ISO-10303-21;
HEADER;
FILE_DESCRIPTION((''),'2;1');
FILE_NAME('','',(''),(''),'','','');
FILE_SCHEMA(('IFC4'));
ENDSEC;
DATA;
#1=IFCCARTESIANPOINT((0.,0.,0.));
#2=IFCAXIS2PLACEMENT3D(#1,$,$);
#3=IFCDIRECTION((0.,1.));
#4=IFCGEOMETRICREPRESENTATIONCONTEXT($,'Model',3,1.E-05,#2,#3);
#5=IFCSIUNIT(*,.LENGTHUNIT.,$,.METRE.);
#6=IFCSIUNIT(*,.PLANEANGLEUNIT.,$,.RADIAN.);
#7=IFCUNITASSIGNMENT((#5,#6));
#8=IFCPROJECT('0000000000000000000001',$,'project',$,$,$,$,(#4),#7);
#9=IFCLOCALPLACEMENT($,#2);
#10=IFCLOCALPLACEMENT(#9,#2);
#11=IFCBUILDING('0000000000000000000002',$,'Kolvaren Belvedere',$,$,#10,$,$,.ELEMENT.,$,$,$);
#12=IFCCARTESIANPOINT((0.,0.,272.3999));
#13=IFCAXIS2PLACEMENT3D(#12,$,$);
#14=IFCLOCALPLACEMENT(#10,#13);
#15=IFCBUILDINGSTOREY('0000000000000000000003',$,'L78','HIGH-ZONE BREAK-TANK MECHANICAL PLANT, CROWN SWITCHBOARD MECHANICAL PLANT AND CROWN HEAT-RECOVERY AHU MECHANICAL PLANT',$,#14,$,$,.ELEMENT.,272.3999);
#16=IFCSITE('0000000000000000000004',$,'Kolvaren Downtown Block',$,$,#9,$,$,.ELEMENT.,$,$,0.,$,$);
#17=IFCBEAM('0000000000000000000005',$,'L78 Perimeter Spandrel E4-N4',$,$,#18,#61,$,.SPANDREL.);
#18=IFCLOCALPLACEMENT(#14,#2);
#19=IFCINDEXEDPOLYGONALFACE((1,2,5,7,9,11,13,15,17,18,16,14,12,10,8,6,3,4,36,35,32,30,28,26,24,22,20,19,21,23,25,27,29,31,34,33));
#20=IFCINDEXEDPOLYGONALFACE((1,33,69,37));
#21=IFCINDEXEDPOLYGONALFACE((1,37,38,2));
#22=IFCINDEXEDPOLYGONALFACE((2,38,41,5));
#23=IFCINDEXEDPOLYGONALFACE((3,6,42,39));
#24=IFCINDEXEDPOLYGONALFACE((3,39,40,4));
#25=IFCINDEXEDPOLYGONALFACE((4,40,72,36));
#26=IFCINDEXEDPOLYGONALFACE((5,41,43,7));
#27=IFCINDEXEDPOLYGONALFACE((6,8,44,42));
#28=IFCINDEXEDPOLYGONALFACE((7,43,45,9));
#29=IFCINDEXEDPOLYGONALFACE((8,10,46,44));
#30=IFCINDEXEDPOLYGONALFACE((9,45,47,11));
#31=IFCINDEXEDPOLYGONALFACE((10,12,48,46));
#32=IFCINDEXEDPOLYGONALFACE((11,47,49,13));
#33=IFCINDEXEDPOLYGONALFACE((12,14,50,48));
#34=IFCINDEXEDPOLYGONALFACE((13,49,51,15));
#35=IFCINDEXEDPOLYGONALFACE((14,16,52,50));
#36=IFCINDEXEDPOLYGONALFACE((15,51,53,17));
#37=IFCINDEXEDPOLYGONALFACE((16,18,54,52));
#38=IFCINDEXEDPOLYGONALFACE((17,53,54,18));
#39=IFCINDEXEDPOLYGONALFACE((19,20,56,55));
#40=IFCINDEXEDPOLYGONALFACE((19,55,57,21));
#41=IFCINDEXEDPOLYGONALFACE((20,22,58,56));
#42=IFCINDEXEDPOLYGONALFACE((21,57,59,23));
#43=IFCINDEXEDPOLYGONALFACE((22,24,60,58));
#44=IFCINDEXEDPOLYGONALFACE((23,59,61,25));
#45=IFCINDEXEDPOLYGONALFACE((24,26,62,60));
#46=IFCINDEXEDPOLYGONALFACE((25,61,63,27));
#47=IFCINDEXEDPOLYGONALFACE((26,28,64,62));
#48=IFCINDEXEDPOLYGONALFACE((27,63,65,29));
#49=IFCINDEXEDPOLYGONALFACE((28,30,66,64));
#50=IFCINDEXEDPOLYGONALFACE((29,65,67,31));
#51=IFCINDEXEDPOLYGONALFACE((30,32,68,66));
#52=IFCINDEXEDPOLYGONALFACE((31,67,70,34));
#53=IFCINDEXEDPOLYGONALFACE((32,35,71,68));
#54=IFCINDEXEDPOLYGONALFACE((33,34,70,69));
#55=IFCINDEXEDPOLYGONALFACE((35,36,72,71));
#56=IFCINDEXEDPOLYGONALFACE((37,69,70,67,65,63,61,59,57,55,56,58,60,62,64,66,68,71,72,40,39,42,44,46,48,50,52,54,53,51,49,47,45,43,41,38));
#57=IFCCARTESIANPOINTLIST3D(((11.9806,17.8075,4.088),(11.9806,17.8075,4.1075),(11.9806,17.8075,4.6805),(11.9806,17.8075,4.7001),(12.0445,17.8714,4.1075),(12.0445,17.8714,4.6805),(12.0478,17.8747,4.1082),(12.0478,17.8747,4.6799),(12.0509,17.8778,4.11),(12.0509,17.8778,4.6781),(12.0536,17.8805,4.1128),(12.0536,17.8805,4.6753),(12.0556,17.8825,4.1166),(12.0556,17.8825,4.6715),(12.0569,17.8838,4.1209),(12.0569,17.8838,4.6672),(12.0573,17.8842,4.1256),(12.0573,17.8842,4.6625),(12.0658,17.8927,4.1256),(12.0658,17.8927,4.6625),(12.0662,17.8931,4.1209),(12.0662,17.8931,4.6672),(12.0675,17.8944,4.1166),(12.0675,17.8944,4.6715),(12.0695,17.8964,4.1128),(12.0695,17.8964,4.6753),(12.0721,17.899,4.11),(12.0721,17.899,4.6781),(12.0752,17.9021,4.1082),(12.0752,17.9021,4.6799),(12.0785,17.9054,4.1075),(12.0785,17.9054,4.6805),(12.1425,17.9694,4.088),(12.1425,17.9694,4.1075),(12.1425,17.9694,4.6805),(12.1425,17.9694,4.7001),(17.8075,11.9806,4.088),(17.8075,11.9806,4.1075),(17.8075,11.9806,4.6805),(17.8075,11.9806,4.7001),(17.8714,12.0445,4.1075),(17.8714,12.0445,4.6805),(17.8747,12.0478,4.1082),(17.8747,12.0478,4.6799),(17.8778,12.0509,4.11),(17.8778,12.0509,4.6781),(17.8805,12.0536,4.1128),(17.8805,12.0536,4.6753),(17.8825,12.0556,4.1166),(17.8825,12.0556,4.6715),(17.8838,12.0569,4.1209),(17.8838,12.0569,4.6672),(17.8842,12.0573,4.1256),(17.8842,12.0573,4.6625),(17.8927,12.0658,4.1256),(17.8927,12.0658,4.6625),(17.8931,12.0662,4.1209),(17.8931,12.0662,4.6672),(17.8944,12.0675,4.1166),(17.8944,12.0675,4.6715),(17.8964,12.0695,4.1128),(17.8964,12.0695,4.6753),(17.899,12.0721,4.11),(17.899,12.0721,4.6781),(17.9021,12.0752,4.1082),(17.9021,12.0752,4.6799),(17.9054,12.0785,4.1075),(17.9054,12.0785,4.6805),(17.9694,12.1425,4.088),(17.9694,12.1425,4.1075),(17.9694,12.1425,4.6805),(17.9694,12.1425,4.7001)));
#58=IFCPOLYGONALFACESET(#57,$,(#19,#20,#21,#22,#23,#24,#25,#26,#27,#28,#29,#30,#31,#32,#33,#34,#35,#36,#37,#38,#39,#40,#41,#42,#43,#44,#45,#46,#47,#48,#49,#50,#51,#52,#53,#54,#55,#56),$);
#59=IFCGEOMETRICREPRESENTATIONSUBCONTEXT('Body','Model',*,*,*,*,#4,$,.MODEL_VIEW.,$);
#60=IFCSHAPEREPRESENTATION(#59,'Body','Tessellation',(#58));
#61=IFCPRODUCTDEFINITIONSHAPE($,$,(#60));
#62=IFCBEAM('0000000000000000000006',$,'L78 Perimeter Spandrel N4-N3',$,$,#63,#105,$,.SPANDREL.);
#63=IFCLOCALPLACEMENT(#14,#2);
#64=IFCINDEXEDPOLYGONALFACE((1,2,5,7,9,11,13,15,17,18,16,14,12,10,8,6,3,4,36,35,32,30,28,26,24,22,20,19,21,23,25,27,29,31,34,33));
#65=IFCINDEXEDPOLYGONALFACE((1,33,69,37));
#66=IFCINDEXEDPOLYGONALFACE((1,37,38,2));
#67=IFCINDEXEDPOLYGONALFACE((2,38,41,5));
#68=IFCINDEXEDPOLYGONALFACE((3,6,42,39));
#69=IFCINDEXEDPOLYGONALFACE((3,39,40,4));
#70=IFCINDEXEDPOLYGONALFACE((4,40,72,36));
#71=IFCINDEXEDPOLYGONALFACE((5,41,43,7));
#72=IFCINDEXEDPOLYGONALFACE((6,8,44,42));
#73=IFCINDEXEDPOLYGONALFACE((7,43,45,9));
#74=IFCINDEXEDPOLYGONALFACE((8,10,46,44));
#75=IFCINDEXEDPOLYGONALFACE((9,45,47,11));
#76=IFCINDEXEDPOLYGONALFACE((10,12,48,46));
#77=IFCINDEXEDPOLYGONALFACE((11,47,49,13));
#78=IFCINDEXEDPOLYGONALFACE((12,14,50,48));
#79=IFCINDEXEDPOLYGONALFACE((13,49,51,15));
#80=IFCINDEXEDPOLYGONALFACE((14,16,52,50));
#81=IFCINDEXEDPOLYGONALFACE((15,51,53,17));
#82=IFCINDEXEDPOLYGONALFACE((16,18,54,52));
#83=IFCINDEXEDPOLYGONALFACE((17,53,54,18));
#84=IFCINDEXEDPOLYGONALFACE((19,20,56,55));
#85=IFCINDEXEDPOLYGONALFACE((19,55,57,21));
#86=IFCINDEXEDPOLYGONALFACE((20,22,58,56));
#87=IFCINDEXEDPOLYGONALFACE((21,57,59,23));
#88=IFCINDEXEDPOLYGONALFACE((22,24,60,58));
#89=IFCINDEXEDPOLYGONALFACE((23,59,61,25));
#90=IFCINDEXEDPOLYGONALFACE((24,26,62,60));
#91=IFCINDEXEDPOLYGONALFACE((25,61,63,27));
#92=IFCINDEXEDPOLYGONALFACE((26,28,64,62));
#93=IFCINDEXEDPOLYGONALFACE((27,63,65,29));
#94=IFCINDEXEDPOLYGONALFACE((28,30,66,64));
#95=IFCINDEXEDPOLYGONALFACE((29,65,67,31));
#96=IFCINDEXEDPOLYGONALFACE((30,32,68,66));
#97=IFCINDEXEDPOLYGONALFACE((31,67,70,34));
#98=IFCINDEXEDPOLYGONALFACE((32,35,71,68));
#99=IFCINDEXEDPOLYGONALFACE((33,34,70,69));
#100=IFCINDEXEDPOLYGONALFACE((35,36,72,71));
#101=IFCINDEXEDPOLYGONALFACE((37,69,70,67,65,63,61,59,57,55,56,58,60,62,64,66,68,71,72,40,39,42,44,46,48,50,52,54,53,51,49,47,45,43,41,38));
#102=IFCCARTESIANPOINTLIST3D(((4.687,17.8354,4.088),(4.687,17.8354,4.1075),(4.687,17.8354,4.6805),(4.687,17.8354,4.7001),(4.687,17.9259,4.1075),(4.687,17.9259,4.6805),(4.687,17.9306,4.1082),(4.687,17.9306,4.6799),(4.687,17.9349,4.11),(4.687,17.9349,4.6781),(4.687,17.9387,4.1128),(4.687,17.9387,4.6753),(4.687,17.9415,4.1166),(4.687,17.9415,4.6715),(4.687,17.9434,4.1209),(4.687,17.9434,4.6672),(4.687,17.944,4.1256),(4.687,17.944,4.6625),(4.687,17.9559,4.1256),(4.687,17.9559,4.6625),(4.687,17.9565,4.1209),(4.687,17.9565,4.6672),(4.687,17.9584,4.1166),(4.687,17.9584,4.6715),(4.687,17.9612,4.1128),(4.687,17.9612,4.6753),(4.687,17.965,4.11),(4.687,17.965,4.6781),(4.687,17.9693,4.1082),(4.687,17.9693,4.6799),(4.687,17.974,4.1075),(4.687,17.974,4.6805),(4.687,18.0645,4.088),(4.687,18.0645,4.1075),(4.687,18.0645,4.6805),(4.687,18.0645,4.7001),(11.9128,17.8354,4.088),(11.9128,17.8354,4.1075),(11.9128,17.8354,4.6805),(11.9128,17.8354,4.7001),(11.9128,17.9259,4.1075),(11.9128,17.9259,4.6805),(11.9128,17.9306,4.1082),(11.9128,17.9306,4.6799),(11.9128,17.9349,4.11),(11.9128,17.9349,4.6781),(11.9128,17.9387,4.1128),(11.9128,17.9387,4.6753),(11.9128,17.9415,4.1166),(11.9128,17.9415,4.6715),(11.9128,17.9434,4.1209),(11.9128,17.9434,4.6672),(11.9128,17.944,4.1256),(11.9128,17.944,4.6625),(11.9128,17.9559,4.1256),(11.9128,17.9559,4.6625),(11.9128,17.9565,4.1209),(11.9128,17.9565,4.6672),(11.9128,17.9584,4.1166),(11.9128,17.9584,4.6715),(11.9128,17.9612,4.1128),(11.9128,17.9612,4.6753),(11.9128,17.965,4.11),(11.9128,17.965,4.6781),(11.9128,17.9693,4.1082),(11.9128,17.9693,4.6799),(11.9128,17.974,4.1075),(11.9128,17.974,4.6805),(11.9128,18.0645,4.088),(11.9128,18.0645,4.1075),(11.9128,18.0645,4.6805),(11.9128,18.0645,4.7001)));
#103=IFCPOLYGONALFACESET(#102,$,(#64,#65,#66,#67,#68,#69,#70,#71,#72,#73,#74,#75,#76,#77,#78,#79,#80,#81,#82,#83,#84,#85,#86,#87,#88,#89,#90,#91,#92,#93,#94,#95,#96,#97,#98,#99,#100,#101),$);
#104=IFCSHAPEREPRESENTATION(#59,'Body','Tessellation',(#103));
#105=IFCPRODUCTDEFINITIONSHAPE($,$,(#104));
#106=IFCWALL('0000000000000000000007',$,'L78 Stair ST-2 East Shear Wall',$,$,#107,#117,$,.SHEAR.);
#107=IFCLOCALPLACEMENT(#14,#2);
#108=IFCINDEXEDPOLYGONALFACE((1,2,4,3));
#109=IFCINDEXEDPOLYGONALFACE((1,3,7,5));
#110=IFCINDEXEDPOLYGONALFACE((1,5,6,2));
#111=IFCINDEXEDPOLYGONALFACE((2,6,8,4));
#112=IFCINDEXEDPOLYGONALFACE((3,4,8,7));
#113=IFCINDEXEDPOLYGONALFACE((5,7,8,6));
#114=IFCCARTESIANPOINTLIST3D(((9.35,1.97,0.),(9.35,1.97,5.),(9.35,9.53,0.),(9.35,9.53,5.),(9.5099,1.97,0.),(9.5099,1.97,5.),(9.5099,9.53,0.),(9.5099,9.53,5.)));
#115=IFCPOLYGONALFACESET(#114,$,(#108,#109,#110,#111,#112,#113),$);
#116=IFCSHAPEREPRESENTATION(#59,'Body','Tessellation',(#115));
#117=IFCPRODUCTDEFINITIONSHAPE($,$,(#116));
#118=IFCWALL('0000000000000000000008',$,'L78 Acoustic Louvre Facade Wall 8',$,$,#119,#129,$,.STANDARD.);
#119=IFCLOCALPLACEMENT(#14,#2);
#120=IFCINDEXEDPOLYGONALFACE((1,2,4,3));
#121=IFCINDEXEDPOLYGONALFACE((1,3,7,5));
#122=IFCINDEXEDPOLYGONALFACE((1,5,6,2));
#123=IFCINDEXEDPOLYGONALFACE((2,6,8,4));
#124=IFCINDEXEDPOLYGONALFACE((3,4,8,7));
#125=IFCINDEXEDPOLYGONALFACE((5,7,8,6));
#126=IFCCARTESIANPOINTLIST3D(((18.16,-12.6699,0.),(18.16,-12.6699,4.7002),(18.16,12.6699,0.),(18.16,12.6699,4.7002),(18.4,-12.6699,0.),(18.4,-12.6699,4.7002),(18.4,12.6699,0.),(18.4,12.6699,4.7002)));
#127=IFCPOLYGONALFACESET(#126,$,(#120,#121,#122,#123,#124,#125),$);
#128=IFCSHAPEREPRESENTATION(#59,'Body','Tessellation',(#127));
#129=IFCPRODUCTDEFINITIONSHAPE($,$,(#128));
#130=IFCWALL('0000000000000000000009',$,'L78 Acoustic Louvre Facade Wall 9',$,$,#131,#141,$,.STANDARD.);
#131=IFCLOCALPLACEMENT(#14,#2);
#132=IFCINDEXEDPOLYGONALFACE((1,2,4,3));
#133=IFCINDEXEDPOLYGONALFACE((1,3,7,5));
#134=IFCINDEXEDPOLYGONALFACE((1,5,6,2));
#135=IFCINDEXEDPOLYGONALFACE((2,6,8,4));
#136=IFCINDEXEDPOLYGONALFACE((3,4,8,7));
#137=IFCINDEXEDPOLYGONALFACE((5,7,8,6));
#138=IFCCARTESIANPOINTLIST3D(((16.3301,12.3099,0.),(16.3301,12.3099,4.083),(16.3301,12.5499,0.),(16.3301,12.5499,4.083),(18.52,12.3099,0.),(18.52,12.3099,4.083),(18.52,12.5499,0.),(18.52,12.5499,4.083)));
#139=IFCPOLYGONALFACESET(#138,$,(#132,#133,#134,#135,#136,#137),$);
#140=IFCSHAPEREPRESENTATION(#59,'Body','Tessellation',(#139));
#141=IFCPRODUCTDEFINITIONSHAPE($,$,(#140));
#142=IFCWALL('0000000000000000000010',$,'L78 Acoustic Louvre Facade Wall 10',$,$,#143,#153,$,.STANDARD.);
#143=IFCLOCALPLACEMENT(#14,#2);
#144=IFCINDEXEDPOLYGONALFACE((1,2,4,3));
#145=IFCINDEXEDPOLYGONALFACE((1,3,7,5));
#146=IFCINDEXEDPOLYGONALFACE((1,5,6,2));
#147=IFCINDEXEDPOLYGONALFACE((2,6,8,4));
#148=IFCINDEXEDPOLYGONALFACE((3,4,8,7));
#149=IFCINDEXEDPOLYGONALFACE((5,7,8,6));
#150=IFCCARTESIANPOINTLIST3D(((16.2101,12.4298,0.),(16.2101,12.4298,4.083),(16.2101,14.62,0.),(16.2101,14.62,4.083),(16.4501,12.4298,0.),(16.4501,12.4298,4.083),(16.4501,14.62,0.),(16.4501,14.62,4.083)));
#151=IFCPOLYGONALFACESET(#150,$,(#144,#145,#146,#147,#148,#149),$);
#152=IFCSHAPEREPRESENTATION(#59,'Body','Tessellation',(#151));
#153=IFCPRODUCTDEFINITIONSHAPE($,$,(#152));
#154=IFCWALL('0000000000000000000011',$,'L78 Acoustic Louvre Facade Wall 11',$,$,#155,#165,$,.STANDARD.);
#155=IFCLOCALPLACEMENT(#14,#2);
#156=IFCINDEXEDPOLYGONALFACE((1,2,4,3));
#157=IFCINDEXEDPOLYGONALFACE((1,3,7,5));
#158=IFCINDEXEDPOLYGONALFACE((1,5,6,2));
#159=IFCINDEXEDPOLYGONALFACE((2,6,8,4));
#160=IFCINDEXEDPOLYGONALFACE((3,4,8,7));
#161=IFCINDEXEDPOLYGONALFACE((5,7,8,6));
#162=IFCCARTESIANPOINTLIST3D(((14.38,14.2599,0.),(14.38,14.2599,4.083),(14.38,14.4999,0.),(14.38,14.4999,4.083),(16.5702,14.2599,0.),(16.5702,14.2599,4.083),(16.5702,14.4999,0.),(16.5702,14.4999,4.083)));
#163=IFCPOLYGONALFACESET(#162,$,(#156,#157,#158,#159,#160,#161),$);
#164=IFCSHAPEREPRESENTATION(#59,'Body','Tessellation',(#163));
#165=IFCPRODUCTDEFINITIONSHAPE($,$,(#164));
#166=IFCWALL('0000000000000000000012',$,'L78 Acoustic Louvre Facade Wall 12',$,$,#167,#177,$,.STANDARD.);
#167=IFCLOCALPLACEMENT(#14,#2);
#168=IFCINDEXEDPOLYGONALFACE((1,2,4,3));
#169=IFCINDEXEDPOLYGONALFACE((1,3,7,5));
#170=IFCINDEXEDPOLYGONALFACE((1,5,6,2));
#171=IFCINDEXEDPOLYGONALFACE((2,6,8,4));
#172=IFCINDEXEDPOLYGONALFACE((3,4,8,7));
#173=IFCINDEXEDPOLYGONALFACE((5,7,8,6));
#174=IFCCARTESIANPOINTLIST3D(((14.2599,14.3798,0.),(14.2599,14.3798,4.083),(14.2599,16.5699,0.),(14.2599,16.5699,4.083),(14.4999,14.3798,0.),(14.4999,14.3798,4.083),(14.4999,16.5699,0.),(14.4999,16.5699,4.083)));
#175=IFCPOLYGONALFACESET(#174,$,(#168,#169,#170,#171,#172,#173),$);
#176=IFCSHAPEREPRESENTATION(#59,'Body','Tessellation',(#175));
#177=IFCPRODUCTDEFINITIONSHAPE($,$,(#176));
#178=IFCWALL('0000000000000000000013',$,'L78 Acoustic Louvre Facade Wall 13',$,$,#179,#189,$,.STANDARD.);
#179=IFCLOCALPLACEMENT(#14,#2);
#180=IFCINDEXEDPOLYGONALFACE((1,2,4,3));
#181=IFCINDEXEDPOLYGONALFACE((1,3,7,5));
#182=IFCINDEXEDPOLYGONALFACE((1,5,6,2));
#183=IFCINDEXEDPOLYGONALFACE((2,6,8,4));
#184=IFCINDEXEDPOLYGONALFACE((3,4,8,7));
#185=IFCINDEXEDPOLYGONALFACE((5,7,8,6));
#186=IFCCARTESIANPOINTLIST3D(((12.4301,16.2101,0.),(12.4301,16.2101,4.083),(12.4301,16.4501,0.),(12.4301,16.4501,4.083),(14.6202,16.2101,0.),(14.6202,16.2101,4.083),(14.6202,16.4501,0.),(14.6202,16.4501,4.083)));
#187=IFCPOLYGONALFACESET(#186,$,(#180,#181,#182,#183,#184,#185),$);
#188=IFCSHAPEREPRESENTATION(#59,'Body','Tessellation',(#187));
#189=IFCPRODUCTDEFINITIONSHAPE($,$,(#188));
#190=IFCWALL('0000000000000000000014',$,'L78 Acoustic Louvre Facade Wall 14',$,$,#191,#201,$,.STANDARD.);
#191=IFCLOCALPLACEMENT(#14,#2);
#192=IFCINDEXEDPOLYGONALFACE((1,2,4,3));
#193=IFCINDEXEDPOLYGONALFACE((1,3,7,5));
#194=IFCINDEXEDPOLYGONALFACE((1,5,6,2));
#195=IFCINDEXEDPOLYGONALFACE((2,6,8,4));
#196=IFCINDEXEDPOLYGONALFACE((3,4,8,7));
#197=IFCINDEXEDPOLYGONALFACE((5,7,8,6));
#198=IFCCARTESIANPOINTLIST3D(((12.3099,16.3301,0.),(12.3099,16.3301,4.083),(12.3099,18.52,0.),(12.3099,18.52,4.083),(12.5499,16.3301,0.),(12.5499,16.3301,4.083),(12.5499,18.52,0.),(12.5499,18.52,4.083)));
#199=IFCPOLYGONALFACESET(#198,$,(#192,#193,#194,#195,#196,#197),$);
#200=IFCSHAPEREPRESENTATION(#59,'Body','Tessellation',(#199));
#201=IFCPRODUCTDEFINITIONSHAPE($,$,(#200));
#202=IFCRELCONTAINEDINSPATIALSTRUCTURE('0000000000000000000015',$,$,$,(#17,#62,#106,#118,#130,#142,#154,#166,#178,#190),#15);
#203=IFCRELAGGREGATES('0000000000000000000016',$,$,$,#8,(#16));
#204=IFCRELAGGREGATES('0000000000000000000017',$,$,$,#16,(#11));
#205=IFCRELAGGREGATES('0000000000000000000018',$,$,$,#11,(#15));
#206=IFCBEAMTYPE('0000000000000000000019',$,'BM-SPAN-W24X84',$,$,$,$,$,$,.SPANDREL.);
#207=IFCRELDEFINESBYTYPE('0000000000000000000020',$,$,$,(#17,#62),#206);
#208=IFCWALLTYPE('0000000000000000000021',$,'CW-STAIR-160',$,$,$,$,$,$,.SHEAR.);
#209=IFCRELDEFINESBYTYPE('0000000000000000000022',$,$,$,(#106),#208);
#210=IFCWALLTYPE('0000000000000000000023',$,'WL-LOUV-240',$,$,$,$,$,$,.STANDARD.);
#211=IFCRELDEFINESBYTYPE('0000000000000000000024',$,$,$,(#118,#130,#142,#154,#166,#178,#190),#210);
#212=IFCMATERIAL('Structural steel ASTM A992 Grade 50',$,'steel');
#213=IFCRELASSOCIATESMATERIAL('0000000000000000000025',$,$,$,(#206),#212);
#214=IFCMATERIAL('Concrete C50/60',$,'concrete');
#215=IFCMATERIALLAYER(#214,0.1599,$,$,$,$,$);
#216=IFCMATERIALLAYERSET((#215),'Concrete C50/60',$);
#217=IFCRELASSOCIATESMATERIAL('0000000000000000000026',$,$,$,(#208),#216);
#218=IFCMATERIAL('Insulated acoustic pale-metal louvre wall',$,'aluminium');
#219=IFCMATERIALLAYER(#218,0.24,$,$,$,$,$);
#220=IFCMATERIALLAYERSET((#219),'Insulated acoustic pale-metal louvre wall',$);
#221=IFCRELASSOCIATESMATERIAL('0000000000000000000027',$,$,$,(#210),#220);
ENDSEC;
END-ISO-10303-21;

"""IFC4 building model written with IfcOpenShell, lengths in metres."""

from ifc_helpers import new_model, si_unit, direction, frame, frame_2d, origin, origin_2d, place, context, subcontext, project, spatial, rectangle, i_section, extrude, material, layer, layer_set, material_profile, profile_set, type_object, element, save


model = new_model("IFC4")

# Units and contexts
model_context = context("Model", 3, precision=1e-05, world=origin(), true_north=direction((0.0, 1.0)))
body_context = subcontext(model_context, "Body", "Model", "MODEL_VIEW")
ifc_project = project(units=[si_unit("LENGTHUNIT", "METRE"), si_unit("PLANEANGLEUNIT", "RADIAN")], contexts=[model_context])

# Site, building, storey
site_placement = place(None, origin())
site = spatial("IfcSite", under=ifc_project, at=site_placement, Name="Kolvaren Downtown Block", CompositionType="ELEMENT", RefElevation=0.0)
building_placement = place(site_placement, origin())
building = spatial("IfcBuilding", under=site, at=building_placement, Name="Kolvaren Belvedere", CompositionType="ELEMENT")
storey_placement = place(building_placement, frame((0.0, 0.0, 272.3999)))
storey = spatial("IfcBuildingStorey", under=building, at=storey_placement, Name="L78", Description="HIGH-ZONE BREAK-TANK MECHANICAL PLANT, CROWN SWITCHBOARD MECHANICAL PLANT AND CROWN HEAT-RECOVERY AHU MECHANICAL PLANT", CompositionType="ELEMENT", Elevation=272.3999)

# Beams
ifc_material_1 = material(Name="Structural steel ASTM A992 Grade 50", Category="steel")
ifc_material_profile_1 = material_profile(ifc_material_1, i_section(OverallWidth=0.229, OverallDepth=0.6121, WebThickness=0.012, FlangeThickness=0.0195, FilletRadius=0.0181, at=origin_2d()), Name="W24X84")
ifc_profile_set_1 = profile_set([ifc_material_profile_1], Name="Structural steel ASTM A992 Grade 50")
beam_type_1 = type_object("IfcBeamType", Name="BM-SPAN-W24X84", PredefinedType="SPANDREL", material=ifc_profile_set_1)
beam_1_placement = place(storey_placement, frame((17.8884, 12.0615, 4.394), z_axis=(-0.707107, 0.707107, 0.0), x_axis=(-0.707107, -0.707107, 0.0)))
element("IfcBeam", 1, at=beam_1_placement, inside=storey, type_object=beam_type_1, Name="L78 Perimeter Spandrel E4-N4", PredefinedType="SPANDREL", context=body_context, shape_type="SweptSolid", body=[
    extrude(i_section(OverallWidth=0.229, OverallDepth=0.6121, WebThickness=0.012, FlangeThickness=0.0195, FilletRadius=0.0181, at=origin_2d()), origin(), (0.0, 0.0, 1.0), 8.2405),
])
beam_2_placement = place(storey_placement, frame((11.9128, 17.95, 4.394), z_axis=(-1.0, 0.0, 0.0), x_axis=(0.0, -1.0, 0.0)))
element("IfcBeam", 2, at=beam_2_placement, inside=storey, type_object=beam_type_1, Name="L78 Perimeter Spandrel N4-N3", PredefinedType="SPANDREL", context=body_context, shape_type="SweptSolid", body=[
    extrude(i_section(OverallWidth=0.229, OverallDepth=0.6121, WebThickness=0.012, FlangeThickness=0.0195, FilletRadius=0.0181, at=origin_2d()), origin(), (0.0, 0.0, 1.0), 7.2258),
])

# Walls
ifc_material_2 = material(Name="Concrete C50/60", Category="concrete")
ifc_layer_1 = layer(ifc_material_2, 0.1599)
ifc_layer_set_1 = layer_set([ifc_layer_1], Name="Concrete C50/60")
wall_type_1 = type_object("IfcWallType", Name="CW-STAIR-160", PredefinedType="SHEAR", material=ifc_layer_set_1)
wall_1_placement = place(storey_placement, frame((9.4299, 1.97, 0.0), z_axis=(0.0, 0.0, 1.0), x_axis=(0.0, 1.0, 0.0)))
element("IfcWall", 3, at=wall_1_placement, inside=storey, type_object=wall_type_1, Name="L78 Stair ST-2 East Shear Wall", PredefinedType="SHEAR", context=body_context, shape_type="SweptSolid", body=[
    extrude(rectangle(XDim=7.5601, YDim=0.1599, at=frame_2d((3.78, 0.0))), origin(), (0.0, 0.0, 1.0), 5.0),
])
ifc_material_3 = material(Name="Insulated acoustic pale-metal louvre wall", Category="aluminium")
ifc_layer_2 = layer(ifc_material_3, 0.24)
ifc_layer_set_2 = layer_set([ifc_layer_2], Name="Insulated acoustic pale-metal louvre wall")
wall_type_2 = type_object("IfcWallType", Name="WL-LOUV-240", PredefinedType="STANDARD", material=ifc_layer_set_2)
wall_2_placement = place(storey_placement, frame((18.28, 12.6699, 0.0), z_axis=(0.0, 0.0, 1.0), x_axis=(0.0, -1.0, 0.0)))
element("IfcWall", 4, at=wall_2_placement, inside=storey, type_object=wall_type_2, Name="L78 Acoustic Louvre Facade Wall 8", PredefinedType="STANDARD", context=body_context, shape_type="SweptSolid", body=[
    extrude(rectangle(XDim=25.3398, YDim=0.24, at=frame_2d((12.6699, 0.0))), origin(), (0.0, 0.0, 1.0), 4.7002),
])
wall_3_placement = place(storey_placement, frame((16.3301, 12.4299, 0.0), z_axis=(0.0, 0.0, 1.0), x_axis=(1.0, 0.0, 0.0)))
element("IfcWall", 5, at=wall_3_placement, inside=storey, type_object=wall_type_2, Name="L78 Acoustic Louvre Facade Wall 9", PredefinedType="STANDARD", context=body_context, shape_type="SweptSolid", body=[
    extrude(rectangle(XDim=2.1899, YDim=0.24, at=frame_2d((1.095, 0.0))), origin(), (0.0, 0.0, 1.0), 4.083),
])
for number, where, z_axis, x_axis, name in (
    (6, (16.3301, 14.6201, 0.0), (0.0, 0.0, 1.0), (0.0, -1.0, 0.0), "L78 Acoustic Louvre Facade Wall 10"),
    (7, (14.3799, 14.3799, 0.0), (0.0, 0.0, 1.0), (1.0, 0.0, 0.0), "L78 Acoustic Louvre Facade Wall 11"),
    (8, (14.3799, 16.5701, 0.0), (0.0, 0.0, 1.0), (0.0, -1.0, 0.0), "L78 Acoustic Louvre Facade Wall 12"),
    (9, (12.4299, 16.3301, 0.0), (0.0, 0.0, 1.0), (1.0, 0.0, 0.0), "L78 Acoustic Louvre Facade Wall 13"),
):
    element("IfcWall", number, at=place(storey_placement, frame(where, z_axis=z_axis, x_axis=x_axis)), inside=storey, type_object=wall_type_2, Name=name, PredefinedType="STANDARD", context=body_context, shape_type="SweptSolid", body=[
        extrude(rectangle(XDim=2.1902, YDim=0.24, at=frame_2d((1.0952, 0.0))), origin(), (0.0, 0.0, 1.0), 4.083),
    ])
wall_4_placement = place(storey_placement, frame((12.4299, 18.52, 0.0), z_axis=(0.0, 0.0, 1.0), x_axis=(0.0, -1.0, 0.0)))
element("IfcWall", 10, at=wall_4_placement, inside=storey, type_object=wall_type_2, Name="L78 Acoustic Louvre Facade Wall 14", PredefinedType="STANDARD", context=body_context, shape_type="SweptSolid", body=[
    extrude(rectangle(XDim=2.1899, YDim=0.24, at=frame_2d((1.095, 0.0))), origin(), (0.0, 0.0, 1.0), 4.083),
])

save(model, "model.ifc")
